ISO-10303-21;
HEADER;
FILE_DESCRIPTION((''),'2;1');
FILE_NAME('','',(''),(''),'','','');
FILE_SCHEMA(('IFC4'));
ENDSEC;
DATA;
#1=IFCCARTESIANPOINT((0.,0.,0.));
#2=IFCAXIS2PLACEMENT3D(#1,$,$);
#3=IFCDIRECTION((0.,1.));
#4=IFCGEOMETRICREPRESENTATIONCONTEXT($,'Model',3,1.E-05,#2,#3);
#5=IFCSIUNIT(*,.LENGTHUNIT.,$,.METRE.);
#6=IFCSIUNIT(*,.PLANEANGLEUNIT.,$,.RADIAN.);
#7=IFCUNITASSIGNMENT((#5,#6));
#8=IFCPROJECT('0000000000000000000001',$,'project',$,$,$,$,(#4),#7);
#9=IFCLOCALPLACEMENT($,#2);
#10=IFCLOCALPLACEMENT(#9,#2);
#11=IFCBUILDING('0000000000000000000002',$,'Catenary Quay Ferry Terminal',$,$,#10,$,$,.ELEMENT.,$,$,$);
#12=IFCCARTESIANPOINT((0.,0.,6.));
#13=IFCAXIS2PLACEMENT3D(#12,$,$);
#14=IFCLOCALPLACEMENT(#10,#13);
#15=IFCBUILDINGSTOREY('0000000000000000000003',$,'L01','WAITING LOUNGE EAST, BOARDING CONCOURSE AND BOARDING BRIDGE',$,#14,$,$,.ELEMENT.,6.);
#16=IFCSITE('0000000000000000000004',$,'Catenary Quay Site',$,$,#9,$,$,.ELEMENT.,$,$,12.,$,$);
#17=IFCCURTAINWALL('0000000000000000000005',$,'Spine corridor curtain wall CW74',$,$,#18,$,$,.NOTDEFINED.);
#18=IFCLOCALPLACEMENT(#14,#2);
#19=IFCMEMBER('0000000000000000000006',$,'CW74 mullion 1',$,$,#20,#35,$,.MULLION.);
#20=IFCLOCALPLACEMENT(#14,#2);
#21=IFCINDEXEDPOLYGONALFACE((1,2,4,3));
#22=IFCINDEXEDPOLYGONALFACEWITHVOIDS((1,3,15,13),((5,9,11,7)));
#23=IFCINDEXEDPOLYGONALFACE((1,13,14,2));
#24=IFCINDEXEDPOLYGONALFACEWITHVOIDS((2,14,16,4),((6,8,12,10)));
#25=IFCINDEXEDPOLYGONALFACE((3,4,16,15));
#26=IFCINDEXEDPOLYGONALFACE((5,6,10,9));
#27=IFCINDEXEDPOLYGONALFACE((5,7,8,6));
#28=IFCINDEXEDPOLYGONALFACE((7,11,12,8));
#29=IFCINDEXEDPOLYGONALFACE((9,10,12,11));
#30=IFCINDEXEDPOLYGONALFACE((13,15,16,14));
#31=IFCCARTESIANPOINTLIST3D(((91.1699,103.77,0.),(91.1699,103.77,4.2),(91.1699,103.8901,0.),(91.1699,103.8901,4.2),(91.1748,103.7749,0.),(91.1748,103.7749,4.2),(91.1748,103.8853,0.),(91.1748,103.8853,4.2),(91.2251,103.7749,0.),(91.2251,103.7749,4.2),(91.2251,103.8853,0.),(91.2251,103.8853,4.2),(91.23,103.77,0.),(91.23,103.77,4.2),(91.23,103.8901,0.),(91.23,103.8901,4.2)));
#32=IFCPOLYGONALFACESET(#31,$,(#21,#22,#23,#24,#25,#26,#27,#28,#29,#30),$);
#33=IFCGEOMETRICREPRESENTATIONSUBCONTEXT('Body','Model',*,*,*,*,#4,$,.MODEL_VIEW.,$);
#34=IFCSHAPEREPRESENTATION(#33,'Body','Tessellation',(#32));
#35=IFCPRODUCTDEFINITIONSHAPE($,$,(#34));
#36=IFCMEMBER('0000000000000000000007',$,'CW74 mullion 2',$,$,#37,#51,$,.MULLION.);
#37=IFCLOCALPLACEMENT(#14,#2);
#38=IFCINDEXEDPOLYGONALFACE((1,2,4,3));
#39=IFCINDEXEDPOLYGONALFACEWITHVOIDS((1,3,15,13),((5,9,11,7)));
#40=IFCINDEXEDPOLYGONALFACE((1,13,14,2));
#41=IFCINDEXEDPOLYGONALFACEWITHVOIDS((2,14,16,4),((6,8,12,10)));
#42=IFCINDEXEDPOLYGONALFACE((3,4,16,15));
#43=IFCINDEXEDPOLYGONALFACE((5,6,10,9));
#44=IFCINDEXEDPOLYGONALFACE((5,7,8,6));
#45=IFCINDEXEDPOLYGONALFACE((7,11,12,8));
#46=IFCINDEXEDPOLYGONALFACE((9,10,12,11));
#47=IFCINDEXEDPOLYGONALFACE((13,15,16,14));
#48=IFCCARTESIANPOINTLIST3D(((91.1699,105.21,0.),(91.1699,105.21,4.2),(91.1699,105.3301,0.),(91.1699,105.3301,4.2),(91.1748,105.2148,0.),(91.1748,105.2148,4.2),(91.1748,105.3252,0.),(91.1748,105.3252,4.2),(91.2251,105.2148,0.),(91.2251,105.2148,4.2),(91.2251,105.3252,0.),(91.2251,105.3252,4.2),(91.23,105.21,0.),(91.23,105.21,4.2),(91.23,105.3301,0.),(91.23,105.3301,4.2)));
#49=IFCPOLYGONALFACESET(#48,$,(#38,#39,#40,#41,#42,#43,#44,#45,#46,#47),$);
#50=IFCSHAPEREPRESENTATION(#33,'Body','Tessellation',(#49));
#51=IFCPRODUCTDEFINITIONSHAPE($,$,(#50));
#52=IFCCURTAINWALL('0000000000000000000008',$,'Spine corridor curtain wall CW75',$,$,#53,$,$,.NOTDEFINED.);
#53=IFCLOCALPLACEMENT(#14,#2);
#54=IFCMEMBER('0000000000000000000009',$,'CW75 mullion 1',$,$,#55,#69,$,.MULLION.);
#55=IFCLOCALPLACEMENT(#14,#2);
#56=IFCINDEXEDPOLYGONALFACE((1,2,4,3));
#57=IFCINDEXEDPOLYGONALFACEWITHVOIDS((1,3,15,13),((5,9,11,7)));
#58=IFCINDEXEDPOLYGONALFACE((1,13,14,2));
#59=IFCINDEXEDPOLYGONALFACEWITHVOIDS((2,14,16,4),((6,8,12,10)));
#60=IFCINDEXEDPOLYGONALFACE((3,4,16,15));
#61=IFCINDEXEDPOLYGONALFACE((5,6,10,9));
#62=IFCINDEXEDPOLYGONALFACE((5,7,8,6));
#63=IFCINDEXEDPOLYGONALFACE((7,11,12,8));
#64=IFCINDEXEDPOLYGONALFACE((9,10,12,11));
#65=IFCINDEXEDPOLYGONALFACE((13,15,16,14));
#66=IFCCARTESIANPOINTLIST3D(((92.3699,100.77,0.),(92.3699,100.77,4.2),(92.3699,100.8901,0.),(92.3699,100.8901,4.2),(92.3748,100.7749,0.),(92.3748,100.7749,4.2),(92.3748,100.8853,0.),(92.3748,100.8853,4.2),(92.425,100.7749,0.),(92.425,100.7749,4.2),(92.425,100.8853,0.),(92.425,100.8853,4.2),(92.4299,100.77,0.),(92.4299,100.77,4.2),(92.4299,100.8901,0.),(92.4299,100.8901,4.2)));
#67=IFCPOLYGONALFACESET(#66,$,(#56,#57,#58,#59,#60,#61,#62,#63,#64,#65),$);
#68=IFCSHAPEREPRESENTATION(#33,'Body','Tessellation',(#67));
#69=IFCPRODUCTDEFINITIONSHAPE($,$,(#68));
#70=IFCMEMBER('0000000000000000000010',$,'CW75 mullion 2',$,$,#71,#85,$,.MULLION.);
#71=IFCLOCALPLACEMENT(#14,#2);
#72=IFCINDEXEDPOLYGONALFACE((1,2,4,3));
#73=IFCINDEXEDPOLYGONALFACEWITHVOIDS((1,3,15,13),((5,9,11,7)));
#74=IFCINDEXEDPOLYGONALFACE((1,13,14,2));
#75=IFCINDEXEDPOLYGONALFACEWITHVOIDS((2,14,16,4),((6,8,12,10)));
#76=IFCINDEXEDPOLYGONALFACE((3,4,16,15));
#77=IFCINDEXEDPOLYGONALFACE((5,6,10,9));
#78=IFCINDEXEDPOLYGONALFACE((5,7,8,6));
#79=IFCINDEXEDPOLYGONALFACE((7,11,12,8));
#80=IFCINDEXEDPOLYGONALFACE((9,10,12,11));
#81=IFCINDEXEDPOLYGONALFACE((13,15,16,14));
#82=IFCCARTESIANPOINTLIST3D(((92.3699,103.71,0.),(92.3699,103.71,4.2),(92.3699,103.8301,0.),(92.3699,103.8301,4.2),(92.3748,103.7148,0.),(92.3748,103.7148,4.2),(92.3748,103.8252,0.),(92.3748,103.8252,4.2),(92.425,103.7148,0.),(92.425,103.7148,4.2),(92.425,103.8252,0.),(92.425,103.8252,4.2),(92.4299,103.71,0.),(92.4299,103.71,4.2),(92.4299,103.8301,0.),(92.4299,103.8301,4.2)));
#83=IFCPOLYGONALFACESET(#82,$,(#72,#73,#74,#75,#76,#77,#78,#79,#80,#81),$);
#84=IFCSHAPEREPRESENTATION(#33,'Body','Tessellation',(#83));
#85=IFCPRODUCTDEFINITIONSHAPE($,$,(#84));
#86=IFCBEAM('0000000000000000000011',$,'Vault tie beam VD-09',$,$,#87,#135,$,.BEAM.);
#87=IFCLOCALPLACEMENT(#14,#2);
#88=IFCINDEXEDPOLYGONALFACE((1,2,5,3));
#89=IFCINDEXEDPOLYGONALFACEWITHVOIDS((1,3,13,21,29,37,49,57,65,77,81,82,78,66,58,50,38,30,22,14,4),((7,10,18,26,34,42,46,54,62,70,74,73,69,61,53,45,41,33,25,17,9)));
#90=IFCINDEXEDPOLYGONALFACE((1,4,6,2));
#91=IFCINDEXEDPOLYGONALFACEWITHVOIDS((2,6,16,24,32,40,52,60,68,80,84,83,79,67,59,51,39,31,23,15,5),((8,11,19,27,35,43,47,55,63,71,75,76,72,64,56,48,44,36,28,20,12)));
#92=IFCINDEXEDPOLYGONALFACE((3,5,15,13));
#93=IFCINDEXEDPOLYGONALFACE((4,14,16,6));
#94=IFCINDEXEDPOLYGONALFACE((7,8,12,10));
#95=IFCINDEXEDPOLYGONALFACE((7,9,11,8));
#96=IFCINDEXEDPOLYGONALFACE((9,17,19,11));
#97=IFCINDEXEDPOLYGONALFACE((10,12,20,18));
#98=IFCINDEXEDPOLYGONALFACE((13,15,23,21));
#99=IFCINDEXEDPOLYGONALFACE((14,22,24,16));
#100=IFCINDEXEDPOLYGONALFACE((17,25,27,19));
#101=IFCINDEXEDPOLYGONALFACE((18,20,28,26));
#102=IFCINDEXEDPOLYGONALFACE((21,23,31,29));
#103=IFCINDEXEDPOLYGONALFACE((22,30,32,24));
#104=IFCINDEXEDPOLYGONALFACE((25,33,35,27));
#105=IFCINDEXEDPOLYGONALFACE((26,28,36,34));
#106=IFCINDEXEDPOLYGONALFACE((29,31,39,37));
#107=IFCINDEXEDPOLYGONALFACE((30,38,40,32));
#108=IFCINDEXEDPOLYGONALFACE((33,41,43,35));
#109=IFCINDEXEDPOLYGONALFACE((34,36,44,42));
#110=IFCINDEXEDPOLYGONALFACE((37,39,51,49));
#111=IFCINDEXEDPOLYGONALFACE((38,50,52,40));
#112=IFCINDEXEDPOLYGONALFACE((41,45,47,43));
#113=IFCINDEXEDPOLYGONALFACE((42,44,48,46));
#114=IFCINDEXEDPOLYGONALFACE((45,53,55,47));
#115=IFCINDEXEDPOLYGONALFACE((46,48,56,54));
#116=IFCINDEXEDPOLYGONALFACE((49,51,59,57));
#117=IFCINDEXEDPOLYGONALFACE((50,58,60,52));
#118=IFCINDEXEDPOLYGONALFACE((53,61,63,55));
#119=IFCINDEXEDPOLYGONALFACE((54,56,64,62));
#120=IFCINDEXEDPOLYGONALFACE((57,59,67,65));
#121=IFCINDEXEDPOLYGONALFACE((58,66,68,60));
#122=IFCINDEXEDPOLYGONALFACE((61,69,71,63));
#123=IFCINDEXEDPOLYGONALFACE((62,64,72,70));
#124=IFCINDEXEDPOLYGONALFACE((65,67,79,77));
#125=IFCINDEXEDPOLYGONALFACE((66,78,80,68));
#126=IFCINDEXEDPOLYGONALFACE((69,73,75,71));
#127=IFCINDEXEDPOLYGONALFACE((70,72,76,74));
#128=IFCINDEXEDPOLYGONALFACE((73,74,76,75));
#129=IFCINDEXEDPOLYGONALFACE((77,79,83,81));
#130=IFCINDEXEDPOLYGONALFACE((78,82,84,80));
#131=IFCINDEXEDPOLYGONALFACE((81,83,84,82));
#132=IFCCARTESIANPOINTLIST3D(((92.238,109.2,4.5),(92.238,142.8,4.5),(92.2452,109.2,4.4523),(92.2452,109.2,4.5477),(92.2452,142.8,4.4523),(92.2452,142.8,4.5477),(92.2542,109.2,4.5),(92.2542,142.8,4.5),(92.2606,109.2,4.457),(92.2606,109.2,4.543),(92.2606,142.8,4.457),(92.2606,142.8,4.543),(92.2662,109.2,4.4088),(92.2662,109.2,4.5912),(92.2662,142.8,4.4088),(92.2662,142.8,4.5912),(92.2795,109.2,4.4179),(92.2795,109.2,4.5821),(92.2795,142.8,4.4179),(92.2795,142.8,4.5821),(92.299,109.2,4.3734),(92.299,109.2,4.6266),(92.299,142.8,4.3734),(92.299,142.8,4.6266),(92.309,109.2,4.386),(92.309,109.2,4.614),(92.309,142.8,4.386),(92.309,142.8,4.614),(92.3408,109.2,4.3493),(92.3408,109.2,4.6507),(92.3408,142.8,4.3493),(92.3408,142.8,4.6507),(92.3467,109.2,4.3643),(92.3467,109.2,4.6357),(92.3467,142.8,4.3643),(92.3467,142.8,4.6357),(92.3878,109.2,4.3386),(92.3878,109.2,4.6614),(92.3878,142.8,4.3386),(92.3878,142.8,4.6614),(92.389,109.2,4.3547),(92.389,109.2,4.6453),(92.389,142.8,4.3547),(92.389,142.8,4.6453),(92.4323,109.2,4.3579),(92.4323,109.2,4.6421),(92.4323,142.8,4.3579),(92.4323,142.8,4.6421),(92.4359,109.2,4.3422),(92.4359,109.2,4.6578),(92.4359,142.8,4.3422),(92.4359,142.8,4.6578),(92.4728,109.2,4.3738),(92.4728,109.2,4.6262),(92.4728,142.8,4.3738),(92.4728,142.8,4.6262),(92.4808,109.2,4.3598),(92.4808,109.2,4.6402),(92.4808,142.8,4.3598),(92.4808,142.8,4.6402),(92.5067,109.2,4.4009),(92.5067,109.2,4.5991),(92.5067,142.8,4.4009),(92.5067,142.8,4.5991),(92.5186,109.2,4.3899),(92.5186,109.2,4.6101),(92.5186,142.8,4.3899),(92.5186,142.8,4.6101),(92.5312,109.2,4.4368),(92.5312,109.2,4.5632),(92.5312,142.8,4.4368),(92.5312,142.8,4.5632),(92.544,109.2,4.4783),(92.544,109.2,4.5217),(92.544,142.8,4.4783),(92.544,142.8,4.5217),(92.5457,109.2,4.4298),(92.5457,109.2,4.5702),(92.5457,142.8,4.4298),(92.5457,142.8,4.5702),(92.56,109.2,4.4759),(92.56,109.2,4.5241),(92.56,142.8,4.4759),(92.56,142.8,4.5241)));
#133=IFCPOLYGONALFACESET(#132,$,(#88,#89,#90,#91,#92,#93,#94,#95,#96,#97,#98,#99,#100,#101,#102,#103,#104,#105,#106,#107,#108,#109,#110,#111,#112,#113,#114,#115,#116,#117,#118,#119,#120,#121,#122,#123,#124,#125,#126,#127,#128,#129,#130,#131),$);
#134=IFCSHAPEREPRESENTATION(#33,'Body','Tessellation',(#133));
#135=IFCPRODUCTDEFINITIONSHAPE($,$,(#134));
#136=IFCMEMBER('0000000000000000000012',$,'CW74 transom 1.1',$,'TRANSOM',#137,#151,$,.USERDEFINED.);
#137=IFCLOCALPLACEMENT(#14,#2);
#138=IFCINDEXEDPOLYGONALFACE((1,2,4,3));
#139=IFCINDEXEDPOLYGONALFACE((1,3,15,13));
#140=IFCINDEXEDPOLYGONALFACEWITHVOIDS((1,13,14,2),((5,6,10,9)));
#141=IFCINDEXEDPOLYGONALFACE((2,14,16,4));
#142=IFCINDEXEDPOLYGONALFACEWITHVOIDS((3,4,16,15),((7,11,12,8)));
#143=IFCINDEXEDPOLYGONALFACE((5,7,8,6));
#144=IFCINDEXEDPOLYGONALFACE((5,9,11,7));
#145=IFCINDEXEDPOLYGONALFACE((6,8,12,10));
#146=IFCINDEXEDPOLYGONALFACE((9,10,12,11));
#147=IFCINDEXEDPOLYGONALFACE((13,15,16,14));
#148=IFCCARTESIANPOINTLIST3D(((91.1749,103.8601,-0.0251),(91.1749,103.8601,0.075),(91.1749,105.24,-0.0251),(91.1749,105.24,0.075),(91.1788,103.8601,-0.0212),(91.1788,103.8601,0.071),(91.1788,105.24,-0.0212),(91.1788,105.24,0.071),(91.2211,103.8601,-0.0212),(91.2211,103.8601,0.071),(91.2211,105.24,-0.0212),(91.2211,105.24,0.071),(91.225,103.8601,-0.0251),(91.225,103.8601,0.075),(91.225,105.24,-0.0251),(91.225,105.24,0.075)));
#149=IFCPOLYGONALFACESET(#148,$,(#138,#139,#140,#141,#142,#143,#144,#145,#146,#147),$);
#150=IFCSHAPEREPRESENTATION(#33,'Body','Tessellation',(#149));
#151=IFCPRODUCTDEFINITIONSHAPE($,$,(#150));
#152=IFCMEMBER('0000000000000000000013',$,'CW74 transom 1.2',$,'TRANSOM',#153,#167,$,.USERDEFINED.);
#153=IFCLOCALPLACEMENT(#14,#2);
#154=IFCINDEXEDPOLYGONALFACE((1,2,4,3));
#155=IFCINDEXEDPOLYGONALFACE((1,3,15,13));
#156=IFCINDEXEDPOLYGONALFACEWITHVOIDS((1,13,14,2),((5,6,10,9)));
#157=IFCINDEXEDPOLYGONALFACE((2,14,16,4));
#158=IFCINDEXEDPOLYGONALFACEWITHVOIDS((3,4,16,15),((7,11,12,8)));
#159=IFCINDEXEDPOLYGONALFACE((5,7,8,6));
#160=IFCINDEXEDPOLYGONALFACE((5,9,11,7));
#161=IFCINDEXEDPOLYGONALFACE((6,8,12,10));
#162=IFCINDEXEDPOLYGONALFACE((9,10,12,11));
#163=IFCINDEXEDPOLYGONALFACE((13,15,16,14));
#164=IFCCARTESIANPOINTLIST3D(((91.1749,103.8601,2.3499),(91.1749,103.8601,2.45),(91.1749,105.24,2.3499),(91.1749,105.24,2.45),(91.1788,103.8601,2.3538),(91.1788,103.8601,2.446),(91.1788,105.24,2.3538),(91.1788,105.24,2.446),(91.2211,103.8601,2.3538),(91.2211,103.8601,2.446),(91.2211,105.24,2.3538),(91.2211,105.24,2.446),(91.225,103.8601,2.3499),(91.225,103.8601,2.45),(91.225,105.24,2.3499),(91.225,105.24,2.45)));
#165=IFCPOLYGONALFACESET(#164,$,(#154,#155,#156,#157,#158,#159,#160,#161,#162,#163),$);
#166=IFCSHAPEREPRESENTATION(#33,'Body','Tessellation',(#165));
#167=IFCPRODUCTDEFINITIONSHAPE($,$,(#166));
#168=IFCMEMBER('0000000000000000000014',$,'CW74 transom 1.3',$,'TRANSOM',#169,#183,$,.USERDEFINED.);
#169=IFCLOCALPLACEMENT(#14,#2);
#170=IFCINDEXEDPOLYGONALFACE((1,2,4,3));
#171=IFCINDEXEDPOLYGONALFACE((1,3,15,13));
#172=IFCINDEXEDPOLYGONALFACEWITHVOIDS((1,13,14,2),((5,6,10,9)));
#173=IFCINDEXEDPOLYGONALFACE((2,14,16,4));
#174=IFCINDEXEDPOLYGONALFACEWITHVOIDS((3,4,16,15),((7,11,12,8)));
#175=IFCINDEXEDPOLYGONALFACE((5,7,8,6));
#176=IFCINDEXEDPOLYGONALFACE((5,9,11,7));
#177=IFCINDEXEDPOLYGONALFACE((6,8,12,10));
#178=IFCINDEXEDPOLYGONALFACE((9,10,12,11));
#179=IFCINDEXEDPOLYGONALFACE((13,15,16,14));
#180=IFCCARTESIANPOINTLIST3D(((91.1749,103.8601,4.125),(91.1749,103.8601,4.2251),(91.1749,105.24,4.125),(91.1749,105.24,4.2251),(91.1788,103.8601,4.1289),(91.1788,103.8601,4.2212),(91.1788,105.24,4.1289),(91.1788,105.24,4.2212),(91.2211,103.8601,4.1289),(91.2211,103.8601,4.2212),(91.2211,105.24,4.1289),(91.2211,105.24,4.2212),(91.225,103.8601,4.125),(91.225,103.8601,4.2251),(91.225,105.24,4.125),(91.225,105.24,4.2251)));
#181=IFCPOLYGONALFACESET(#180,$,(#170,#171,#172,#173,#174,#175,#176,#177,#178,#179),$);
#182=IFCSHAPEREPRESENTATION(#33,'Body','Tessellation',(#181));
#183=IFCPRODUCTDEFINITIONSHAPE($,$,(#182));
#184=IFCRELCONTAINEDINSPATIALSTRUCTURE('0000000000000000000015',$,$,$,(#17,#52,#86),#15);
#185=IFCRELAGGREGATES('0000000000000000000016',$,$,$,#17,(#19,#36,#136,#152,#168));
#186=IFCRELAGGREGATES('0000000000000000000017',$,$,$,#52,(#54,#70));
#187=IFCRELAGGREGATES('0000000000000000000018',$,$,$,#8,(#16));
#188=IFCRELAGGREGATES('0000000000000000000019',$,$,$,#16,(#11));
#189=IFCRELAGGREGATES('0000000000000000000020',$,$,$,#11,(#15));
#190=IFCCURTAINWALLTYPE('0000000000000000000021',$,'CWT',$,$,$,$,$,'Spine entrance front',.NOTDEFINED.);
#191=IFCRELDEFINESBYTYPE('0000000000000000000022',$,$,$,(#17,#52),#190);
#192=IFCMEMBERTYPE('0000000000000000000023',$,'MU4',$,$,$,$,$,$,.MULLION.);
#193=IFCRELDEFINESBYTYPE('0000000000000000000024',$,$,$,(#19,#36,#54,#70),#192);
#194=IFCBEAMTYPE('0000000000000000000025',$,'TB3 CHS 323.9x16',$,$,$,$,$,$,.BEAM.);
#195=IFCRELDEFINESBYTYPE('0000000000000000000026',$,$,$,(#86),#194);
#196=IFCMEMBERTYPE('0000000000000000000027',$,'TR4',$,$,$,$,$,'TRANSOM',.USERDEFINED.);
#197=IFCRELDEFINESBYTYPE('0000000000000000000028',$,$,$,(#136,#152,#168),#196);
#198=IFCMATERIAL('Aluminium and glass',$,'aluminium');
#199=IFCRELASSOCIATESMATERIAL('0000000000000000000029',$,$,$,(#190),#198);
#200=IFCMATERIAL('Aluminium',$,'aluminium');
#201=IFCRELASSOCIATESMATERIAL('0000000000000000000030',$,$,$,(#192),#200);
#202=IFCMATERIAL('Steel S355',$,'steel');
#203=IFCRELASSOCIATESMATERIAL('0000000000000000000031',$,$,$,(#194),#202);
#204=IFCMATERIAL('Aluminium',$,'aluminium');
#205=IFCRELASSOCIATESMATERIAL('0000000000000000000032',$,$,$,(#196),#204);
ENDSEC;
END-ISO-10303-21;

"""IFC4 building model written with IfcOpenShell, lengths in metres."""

from ifc_helpers import new_model, si_unit, direction, frame, origin, origin_2d, place, context, subcontext, project, spatial, hollow_rectangle, hollow_circle, extrude, material, material_profile, profile_set, type_object, element, aggregate, save


model = new_model("IFC4")

# Units and contexts
model_context = context("Model", 3, precision=1e-05, world=origin(), true_north=direction((0.0, 1.0)))
body_context = subcontext(model_context, "Body", "Model", "MODEL_VIEW")
ifc_project = project(units=[si_unit("LENGTHUNIT", "METRE"), si_unit("PLANEANGLEUNIT", "RADIAN")], contexts=[model_context])

# Site, building, storey
site_placement = place(None, origin())
site = spatial("IfcSite", under=ifc_project, at=site_placement, Name="Catenary Quay Site", CompositionType="ELEMENT", RefElevation=12.0)
building_placement = place(site_placement, origin())
building = spatial("IfcBuilding", under=site, at=building_placement, Name="Catenary Quay Ferry Terminal", CompositionType="ELEMENT")
storey_placement = place(building_placement, frame((0.0, 0.0, 6.0)))
storey = spatial("IfcBuildingStorey", under=building, at=storey_placement, Name="L01", Description="WAITING LOUNGE EAST, BOARDING CONCOURSE AND BOARDING BRIDGE", CompositionType="ELEMENT", Elevation=6.0)

# Curtain walls, members
ifc_material_1 = material(Name="Aluminium and glass", Category="aluminium")
curtain_wall_type_1 = type_object("IfcCurtainWallType", Name="CWT", ElementType="Spine entrance front", PredefinedType="NOTDEFINED", material=ifc_material_1)
curtain_wall_1_placement = place(storey_placement, origin())
curtain_wall_1 = element("IfcCurtainWall", 1, at=curtain_wall_1_placement, inside=storey, type_object=curtain_wall_type_1, Name="Spine corridor curtain wall CW74", PredefinedType="NOTDEFINED")
ifc_material_2 = material(Name="Aluminium", Category="aluminium")
ifc_material_profile_1 = material_profile(ifc_material_2, hollow_rectangle(XDim=0.0601, YDim=0.1201, WallThickness=0.0049, at=origin_2d()), Name="MU4")
ifc_profile_set_1 = profile_set([ifc_material_profile_1], Name="Aluminium")
member_type_1 = type_object("IfcMemberType", Name="MU4", PredefinedType="MULLION", material=ifc_profile_set_1)
member_1_placement = place(storey_placement, frame((91.2, 103.8301, 0.0), z_axis=(0.0, 0.0, 1.0), x_axis=(-1.0, 0.0, 0.0)))
member_1 = element("IfcMember", 2, at=member_1_placement, type_object=member_type_1, Name="CW74 mullion 1", PredefinedType="MULLION", context=body_context, shape_type="SweptSolid", body=[
    extrude(hollow_rectangle(XDim=0.0601, YDim=0.1201, WallThickness=0.0049, at=origin_2d()), origin(), (0.0, 0.0, 1.0), 4.2),
])
member_2_placement = place(storey_placement, frame((91.2, 105.27, 0.0), z_axis=(0.0, 0.0, 1.0), x_axis=(-1.0, 0.0, 0.0)))
member_2 = element("IfcMember", 3, at=member_2_placement, type_object=member_type_1, Name="CW74 mullion 2", PredefinedType="MULLION", context=body_context, shape_type="SweptSolid", body=[
    extrude(hollow_rectangle(XDim=0.0601, YDim=0.1201, WallThickness=0.0049, at=origin_2d()), origin(), (0.0, 0.0, 1.0), 4.2),
])
curtain_wall_2_placement = place(storey_placement, origin())
curtain_wall_2 = element("IfcCurtainWall", 4, at=curtain_wall_2_placement, inside=storey, type_object=curtain_wall_type_1, Name="Spine corridor curtain wall CW75", PredefinedType="NOTDEFINED")
member_3_placement = place(storey_placement, frame((92.3999, 100.8301, 0.0), z_axis=(0.0, 0.0, 1.0), x_axis=(-1.0, 0.0, 0.0)))
member_3 = element("IfcMember", 5, at=member_3_placement, type_object=member_type_1, Name="CW75 mullion 1", PredefinedType="MULLION", context=body_context, shape_type="SweptSolid", body=[
    extrude(hollow_rectangle(XDim=0.0601, YDim=0.1201, WallThickness=0.0049, at=origin_2d()), origin(), (0.0, 0.0, 1.0), 4.2),
])
member_4_placement = place(storey_placement, frame((92.3999, 103.77, 0.0), z_axis=(0.0, 0.0, 1.0), x_axis=(-1.0, 0.0, 0.0)))
member_4 = element("IfcMember", 6, at=member_4_placement, type_object=member_type_1, Name="CW75 mullion 2", PredefinedType="MULLION", context=body_context, shape_type="SweptSolid", body=[
    extrude(hollow_rectangle(XDim=0.0601, YDim=0.1201, WallThickness=0.0049, at=origin_2d()), origin(), (0.0, 0.0, 1.0), 4.2),
])

# Beam
ifc_material_3 = material(Name="Steel S355", Category="steel")
ifc_material_profile_2 = material_profile(ifc_material_3, hollow_circle(Radius=0.1619, WallThickness=0.0161, at=origin_2d()), Name="CHS 323.9x16")
ifc_profile_set_2 = profile_set([ifc_material_profile_2], Name="Steel S355")
beam_type_1 = type_object("IfcBeamType", Name="TB3 CHS 323.9x16", PredefinedType="BEAM", material=ifc_profile_set_2)
beam_1_placement = place(storey_placement, frame((92.3999, 109.2, 4.5), z_axis=(0.0, 1.0, 0.0), x_axis=(-1.0, 0.0, 0.0)))
element("IfcBeam", 7, at=beam_1_placement, inside=storey, type_object=beam_type_1, Name="Vault tie beam VD-09", PredefinedType="BEAM", context=body_context, shape_type="SweptSolid", body=[
    extrude(hollow_circle(Radius=0.1619, WallThickness=0.0161, at=origin_2d()), origin(), (0.0, 0.0, 1.0), 33.6001),
])

# Members
ifc_material_4 = material(Name="Aluminium", Category="aluminium")
ifc_material_profile_3 = material_profile(ifc_material_4, hollow_rectangle(XDim=0.05, YDim=0.1001, WallThickness=0.0039, at=origin_2d()), Name="TR4")
ifc_profile_set_3 = profile_set([ifc_material_profile_3], Name="Aluminium")
member_type_2 = type_object("IfcMemberType", Name="TR4", ElementType="TRANSOM", PredefinedType="USERDEFINED", material=ifc_profile_set_3)
member_5_placement = place(storey_placement, frame((91.2, 103.8601, 0.0249), z_axis=(0.0, 1.0, 0.0), x_axis=(-1.0, 0.0, 0.0)))
member_5 = element("IfcMember", 8, at=member_5_placement, type_object=member_type_2, Name="CW74 transom 1.1", ObjectType="TRANSOM", PredefinedType="USERDEFINED", context=body_context, shape_type="SweptSolid", body=[
    extrude(hollow_rectangle(XDim=0.05, YDim=0.1001, WallThickness=0.0039, at=origin_2d()), origin(), (0.0, 0.0, 1.0), 1.3799),
])
member_6_placement = place(storey_placement, frame((91.2, 103.8601, 2.3999), z_axis=(0.0, 1.0, 0.0), x_axis=(-1.0, 0.0, 0.0)))
member_6 = element("IfcMember", 9, at=member_6_placement, type_object=member_type_2, Name="CW74 transom 1.2", ObjectType="TRANSOM", PredefinedType="USERDEFINED", context=body_context, shape_type="SweptSolid", body=[
    extrude(hollow_rectangle(XDim=0.05, YDim=0.1001, WallThickness=0.0039, at=origin_2d()), origin(), (0.0, 0.0, 1.0), 1.3799),
])
member_7_placement = place(storey_placement, frame((91.2, 103.8601, 4.175), z_axis=(0.0, 1.0, 0.0), x_axis=(-1.0, 0.0, 0.0)))
member_7 = element("IfcMember", 10, at=member_7_placement, type_object=member_type_2, Name="CW74 transom 1.3", ObjectType="TRANSOM", PredefinedType="USERDEFINED", context=body_context, shape_type="SweptSolid", body=[
    extrude(hollow_rectangle(XDim=0.05, YDim=0.1001, WallThickness=0.0039, at=origin_2d()), origin(), (0.0, 0.0, 1.0), 1.3799),
])

aggregate(curtain_wall_1, [member_1, member_2, member_5, member_6, member_7])
aggregate(curtain_wall_2, [member_3, member_4])

save(model, "model.ifc")
